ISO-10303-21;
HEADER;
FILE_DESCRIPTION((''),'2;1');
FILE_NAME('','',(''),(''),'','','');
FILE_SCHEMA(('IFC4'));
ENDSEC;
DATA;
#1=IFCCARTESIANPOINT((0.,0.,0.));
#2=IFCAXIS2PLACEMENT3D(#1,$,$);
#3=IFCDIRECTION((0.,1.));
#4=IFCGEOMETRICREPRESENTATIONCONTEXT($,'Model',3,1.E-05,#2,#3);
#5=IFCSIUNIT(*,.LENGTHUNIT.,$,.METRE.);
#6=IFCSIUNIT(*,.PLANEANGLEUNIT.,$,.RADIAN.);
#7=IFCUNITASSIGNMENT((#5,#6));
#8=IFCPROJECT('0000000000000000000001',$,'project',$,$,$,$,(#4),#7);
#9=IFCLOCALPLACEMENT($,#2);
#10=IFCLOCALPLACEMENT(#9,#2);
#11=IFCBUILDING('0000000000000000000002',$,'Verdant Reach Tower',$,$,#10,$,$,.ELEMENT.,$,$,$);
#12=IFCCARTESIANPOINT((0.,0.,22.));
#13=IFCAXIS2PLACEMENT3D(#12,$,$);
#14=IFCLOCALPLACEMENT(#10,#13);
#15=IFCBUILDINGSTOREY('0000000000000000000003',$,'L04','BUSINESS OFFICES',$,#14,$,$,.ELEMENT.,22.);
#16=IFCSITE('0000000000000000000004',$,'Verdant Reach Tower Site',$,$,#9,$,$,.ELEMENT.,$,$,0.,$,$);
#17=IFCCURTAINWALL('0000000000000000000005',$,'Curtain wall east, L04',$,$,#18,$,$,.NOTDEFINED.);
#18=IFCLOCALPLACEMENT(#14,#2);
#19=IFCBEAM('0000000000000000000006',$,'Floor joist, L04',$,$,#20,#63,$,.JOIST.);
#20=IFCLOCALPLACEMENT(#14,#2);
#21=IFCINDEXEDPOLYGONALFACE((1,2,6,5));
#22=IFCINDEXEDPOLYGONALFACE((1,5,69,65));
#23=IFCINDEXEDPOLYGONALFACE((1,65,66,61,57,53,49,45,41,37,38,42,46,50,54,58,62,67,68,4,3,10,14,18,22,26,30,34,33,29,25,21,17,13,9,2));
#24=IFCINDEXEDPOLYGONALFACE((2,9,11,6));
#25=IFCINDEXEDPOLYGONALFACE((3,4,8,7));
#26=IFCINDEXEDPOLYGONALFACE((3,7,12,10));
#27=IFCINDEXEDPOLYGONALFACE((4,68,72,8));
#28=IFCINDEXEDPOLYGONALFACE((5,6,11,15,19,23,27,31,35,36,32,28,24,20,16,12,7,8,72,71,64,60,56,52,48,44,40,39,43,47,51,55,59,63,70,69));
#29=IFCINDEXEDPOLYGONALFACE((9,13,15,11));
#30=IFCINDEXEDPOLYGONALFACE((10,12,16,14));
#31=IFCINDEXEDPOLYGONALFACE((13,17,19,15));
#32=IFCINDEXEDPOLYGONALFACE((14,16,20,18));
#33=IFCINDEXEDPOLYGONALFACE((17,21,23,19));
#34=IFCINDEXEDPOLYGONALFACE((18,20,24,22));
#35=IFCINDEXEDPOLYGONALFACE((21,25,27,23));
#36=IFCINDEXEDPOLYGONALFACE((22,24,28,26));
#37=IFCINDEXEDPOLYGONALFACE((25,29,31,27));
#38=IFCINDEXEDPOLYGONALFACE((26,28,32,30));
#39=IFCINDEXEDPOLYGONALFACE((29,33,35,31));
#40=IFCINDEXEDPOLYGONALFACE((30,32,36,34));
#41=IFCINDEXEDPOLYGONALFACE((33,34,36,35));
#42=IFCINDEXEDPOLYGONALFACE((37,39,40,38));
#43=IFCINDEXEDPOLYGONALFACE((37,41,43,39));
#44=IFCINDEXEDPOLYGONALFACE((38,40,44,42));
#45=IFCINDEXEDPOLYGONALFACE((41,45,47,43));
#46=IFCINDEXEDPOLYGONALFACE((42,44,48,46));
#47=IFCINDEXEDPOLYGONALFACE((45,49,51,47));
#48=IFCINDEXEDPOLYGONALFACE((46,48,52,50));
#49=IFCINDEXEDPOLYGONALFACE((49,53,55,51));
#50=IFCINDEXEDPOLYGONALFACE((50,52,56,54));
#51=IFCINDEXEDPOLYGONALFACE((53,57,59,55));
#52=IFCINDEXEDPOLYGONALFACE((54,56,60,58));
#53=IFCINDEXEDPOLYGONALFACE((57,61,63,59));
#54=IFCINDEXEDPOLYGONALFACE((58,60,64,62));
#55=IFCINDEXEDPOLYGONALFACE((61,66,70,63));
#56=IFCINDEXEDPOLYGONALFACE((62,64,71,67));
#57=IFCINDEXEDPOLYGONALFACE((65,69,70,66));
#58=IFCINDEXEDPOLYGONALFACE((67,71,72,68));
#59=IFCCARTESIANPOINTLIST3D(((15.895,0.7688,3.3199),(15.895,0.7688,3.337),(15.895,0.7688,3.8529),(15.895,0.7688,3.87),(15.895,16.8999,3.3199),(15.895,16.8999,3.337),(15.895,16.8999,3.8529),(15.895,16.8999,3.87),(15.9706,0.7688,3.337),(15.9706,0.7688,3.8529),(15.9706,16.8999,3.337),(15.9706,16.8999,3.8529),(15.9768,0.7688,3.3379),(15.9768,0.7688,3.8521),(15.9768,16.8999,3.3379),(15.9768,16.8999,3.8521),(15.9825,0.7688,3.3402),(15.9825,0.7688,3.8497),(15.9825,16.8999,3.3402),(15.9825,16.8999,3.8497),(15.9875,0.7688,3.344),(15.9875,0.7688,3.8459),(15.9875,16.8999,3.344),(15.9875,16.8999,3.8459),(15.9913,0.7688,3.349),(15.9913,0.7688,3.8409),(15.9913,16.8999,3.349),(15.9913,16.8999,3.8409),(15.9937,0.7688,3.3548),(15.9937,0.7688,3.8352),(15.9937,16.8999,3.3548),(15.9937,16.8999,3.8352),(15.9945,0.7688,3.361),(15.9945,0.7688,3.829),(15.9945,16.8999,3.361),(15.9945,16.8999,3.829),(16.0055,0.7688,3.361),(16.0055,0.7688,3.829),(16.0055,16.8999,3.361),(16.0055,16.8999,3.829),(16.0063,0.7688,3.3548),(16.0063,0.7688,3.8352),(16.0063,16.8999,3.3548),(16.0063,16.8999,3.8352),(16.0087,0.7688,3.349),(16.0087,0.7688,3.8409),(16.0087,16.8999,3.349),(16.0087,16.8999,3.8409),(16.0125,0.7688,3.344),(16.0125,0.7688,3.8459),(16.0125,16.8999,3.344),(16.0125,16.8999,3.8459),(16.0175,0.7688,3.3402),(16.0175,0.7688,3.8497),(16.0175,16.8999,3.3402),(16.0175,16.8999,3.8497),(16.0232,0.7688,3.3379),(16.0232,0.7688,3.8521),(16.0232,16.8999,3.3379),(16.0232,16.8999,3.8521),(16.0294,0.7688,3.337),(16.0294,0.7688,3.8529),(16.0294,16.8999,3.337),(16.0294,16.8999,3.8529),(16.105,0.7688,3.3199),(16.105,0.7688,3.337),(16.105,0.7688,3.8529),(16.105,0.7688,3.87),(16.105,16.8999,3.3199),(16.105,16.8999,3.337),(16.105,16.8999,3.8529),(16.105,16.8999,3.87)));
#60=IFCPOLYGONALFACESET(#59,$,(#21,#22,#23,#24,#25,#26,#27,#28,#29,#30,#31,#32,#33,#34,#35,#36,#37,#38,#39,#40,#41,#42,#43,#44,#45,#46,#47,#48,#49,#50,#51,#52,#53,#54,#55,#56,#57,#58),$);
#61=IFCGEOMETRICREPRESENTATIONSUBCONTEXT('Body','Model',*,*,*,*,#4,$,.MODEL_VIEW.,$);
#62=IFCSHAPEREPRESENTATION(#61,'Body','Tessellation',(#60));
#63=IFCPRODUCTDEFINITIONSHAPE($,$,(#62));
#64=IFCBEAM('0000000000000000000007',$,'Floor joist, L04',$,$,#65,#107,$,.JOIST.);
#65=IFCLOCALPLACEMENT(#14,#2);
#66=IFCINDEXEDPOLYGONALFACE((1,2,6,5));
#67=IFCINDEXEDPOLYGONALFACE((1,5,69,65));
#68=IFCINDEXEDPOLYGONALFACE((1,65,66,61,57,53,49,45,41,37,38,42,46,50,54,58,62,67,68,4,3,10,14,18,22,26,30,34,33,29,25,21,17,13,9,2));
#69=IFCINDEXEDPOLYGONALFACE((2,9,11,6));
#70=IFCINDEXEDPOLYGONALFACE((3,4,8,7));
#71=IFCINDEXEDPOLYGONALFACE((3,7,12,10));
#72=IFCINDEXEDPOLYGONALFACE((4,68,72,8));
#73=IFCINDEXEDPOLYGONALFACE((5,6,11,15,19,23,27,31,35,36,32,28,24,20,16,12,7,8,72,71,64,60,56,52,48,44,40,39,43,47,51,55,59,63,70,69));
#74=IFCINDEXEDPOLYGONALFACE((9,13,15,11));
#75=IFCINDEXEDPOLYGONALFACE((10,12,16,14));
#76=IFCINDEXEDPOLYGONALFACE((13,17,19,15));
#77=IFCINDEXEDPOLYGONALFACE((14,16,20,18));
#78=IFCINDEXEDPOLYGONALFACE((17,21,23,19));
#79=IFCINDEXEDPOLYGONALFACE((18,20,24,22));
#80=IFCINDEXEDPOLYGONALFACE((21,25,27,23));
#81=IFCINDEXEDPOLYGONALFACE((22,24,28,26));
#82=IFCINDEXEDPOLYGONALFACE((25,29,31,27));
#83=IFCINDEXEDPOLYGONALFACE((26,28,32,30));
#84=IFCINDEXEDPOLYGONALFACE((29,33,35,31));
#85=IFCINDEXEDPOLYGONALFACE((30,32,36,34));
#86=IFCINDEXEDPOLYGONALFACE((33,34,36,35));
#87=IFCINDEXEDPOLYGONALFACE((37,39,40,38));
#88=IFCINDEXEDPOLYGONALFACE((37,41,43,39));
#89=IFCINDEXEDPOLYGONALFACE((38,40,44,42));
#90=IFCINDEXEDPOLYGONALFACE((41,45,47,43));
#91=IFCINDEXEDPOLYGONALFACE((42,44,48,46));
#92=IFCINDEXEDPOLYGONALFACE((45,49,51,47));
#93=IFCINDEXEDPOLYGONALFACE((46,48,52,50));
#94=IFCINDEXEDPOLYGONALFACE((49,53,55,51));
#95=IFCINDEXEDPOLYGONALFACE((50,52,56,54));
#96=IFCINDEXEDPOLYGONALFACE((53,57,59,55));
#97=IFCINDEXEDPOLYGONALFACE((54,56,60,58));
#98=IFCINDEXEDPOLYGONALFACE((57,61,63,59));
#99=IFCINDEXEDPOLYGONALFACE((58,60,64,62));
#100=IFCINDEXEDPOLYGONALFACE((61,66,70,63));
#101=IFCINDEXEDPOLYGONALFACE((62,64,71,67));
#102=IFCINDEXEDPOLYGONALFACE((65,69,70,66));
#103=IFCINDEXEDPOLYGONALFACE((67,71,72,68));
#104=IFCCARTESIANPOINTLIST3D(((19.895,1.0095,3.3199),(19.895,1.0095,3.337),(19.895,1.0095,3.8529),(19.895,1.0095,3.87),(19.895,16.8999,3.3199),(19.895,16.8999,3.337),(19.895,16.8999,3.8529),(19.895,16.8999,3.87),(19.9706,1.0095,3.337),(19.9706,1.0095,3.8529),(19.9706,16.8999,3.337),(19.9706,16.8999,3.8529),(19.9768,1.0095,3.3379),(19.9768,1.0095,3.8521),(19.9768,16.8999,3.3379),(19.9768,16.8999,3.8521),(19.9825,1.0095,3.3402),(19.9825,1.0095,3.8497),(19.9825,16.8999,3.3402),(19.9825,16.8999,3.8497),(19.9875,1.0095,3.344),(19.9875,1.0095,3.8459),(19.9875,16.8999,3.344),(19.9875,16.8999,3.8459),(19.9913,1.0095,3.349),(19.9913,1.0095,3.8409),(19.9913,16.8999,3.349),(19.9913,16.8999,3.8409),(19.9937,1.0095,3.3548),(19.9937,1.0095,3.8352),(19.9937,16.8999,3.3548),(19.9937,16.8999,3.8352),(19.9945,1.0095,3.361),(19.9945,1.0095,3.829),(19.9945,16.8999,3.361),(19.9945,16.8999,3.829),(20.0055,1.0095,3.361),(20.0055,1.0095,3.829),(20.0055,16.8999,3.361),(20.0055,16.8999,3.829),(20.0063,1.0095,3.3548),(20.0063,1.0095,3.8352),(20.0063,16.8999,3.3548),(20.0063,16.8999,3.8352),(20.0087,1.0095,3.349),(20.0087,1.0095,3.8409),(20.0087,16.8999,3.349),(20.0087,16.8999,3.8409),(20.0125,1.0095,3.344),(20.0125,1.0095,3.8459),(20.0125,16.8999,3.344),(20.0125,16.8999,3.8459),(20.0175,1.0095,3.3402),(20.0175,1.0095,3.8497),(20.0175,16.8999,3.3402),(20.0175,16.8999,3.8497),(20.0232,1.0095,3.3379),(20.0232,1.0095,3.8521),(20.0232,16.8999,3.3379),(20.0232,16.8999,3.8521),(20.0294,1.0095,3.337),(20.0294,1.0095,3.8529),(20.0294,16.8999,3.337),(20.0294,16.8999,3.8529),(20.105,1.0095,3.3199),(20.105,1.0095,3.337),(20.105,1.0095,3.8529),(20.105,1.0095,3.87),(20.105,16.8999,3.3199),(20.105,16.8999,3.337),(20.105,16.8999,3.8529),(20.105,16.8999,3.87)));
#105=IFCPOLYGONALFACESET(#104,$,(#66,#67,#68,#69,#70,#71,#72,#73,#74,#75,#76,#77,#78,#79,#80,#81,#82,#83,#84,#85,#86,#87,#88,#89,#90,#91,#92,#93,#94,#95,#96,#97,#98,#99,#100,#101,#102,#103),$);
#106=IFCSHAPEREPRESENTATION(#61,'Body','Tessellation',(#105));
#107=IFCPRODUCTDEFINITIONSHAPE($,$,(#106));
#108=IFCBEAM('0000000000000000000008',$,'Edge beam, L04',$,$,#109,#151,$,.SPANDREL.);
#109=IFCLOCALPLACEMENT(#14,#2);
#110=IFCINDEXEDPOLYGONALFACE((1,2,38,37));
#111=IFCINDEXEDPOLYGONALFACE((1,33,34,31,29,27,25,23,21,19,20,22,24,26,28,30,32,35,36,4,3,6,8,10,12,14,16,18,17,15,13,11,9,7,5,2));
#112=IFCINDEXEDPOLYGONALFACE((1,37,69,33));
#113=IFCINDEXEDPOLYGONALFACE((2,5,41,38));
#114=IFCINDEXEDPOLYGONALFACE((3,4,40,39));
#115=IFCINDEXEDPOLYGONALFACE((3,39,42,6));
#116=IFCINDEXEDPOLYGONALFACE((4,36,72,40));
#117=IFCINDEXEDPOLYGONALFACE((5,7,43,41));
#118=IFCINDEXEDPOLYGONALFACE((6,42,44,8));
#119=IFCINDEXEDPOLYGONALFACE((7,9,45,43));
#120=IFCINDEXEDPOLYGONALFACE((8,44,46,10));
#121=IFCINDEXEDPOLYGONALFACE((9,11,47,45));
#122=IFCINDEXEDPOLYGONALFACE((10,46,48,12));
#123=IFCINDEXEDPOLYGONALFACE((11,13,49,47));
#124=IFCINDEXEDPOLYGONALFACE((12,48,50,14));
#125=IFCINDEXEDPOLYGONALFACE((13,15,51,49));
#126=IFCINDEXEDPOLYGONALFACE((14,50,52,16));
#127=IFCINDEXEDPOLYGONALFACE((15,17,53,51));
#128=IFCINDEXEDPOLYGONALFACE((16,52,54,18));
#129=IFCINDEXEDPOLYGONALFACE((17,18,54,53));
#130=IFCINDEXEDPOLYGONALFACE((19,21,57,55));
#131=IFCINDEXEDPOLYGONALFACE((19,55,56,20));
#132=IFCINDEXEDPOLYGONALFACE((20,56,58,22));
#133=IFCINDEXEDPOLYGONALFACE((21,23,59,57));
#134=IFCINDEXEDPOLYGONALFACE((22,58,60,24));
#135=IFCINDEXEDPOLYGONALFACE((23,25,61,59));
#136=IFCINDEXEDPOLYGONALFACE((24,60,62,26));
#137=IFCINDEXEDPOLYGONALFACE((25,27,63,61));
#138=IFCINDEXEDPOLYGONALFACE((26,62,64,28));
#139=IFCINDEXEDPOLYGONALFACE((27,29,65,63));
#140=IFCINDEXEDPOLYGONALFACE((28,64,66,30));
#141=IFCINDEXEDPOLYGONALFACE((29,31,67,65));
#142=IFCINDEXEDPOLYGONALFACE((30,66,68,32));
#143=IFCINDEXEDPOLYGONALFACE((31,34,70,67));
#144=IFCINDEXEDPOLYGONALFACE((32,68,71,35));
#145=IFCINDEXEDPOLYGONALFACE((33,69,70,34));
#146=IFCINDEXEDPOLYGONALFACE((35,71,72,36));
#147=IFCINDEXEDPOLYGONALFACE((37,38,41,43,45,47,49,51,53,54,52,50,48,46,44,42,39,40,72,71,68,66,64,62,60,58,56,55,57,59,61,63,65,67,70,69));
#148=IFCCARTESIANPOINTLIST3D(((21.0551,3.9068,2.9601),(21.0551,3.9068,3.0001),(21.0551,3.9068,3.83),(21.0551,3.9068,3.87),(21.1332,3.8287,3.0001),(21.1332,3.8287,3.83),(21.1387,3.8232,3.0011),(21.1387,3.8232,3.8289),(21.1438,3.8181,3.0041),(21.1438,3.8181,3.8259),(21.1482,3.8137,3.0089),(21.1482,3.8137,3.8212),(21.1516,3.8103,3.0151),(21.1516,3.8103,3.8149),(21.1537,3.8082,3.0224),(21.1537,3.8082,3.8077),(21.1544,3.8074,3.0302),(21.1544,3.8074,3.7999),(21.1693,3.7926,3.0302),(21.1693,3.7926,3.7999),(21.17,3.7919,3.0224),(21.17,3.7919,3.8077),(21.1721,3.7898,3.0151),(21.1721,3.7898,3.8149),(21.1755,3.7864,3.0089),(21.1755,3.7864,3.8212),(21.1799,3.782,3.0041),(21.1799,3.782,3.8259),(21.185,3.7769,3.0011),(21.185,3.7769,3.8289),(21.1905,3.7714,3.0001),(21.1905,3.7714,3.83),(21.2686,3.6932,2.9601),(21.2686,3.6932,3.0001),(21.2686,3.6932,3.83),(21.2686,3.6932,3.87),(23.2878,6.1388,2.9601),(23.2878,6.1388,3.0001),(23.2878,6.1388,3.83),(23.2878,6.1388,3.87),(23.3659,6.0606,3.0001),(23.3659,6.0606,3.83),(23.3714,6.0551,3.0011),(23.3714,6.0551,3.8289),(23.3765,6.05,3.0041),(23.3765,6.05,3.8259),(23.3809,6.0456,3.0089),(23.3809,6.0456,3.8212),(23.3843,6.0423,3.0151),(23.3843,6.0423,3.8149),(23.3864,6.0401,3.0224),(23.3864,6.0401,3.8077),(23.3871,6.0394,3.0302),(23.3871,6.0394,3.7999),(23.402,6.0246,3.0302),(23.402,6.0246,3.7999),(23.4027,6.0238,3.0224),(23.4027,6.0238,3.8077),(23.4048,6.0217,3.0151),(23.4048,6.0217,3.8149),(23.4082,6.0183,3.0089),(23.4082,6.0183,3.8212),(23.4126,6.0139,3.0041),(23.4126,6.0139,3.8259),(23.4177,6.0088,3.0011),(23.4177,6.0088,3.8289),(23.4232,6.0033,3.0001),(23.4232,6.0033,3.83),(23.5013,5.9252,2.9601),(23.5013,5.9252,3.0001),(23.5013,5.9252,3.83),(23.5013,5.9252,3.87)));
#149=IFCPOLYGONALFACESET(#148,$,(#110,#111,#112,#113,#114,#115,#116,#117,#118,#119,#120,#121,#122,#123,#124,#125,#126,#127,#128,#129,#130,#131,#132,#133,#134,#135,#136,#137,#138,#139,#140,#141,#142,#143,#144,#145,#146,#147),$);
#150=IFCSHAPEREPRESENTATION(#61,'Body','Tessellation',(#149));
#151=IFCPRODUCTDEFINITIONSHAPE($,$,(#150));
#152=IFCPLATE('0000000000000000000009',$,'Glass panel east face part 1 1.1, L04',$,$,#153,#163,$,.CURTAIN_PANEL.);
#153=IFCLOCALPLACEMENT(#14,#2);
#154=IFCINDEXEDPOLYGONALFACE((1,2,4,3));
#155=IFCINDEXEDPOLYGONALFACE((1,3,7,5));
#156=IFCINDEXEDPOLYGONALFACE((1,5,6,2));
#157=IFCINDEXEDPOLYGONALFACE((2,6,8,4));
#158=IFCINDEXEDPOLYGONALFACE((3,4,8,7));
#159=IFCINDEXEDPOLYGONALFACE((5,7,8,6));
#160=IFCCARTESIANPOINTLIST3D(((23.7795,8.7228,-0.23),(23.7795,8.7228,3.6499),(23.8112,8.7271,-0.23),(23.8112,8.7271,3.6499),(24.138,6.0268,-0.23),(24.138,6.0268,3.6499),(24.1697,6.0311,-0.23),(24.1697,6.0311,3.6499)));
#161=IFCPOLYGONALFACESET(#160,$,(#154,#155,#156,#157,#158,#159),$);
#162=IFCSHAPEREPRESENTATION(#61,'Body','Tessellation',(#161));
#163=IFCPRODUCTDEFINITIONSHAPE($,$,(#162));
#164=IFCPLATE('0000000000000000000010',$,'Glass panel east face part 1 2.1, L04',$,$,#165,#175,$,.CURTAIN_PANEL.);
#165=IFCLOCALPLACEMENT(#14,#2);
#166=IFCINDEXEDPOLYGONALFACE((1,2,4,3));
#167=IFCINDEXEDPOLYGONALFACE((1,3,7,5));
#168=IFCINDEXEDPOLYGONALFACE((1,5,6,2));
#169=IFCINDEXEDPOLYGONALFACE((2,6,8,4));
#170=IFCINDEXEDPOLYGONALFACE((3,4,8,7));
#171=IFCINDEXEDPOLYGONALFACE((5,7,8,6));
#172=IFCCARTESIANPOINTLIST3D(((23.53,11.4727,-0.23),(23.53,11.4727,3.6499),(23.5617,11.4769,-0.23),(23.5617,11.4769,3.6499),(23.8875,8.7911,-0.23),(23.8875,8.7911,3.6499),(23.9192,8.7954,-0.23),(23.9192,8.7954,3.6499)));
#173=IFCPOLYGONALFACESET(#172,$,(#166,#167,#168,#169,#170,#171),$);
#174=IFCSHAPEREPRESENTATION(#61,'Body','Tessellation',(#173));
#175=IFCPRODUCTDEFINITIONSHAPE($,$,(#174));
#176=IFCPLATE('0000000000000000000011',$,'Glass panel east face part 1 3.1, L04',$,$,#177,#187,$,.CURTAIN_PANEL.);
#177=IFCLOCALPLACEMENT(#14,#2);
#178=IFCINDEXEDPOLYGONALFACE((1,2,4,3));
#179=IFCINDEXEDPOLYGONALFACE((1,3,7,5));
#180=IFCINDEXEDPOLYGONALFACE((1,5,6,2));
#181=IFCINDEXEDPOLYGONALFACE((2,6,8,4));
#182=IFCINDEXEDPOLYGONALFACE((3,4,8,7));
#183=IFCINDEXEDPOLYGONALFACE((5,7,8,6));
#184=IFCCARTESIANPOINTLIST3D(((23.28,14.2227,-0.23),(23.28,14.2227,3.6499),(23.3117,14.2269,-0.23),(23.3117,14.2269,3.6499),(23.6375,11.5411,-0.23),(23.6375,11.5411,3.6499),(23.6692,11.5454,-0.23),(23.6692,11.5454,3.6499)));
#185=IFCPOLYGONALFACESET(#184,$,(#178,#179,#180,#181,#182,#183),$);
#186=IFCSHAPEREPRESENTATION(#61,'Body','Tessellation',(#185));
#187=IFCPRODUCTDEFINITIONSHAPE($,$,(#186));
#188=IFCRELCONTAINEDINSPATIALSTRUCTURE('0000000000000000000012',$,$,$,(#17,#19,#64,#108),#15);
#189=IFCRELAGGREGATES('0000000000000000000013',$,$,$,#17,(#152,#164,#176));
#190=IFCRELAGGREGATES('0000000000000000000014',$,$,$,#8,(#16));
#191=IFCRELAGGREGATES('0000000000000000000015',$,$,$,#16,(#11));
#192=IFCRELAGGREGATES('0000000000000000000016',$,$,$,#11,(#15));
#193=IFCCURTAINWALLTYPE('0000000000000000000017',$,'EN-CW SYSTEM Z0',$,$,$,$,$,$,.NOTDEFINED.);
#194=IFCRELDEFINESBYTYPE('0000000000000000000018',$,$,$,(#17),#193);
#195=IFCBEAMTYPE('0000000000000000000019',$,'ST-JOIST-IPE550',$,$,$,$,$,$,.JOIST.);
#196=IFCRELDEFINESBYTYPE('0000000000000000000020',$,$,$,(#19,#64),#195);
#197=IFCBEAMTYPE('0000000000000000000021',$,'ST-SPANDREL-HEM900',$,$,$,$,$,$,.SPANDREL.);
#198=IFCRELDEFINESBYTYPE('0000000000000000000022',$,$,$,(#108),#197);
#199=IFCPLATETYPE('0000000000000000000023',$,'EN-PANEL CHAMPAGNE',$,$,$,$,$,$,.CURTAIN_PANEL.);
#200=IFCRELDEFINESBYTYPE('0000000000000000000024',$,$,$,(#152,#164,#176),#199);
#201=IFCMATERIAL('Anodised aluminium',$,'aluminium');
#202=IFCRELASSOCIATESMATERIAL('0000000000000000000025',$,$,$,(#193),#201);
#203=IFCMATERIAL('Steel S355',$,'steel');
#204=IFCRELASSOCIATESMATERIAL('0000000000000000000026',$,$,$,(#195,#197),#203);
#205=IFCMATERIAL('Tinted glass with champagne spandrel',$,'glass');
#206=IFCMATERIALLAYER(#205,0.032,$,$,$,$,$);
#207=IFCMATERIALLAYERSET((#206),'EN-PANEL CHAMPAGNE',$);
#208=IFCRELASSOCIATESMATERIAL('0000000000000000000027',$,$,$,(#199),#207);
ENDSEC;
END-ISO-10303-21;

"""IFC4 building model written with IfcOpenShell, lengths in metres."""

from ifc_helpers import new_model, si_unit, direction, frame, origin, origin_2d, place, context, subcontext, project, spatial, rectangle, i_section, extrude, material, layer, layer_set, material_profile, profile_set, type_object, element, aggregate, save


model = new_model("IFC4")

# Units and contexts
model_context = context("Model", 3, precision=1e-05, world=origin(), true_north=direction((0.0, 1.0)))
body_context = subcontext(model_context, "Body", "Model", "MODEL_VIEW")
ifc_project = project(units=[si_unit("LENGTHUNIT", "METRE"), si_unit("PLANEANGLEUNIT", "RADIAN")], contexts=[model_context])

# Site, building, storey
site_placement = place(None, origin())
site = spatial("IfcSite", under=ifc_project, at=site_placement, Name="Verdant Reach Tower Site", CompositionType="ELEMENT", RefElevation=0.0)
building_placement = place(site_placement, origin())
building = spatial("IfcBuilding", under=site, at=building_placement, Name="Verdant Reach Tower", CompositionType="ELEMENT")
storey_placement = place(building_placement, frame((0.0, 0.0, 22.0)))
storey = spatial("IfcBuildingStorey", under=building, at=storey_placement, Name="L04", Description="BUSINESS OFFICES", CompositionType="ELEMENT", Elevation=22.0)

# Curtain wall
ifc_material_1 = material(Name="Anodised aluminium", Category="aluminium")
curtain_wall_type = type_object("IfcCurtainWallType", Name="EN-CW SYSTEM Z0", PredefinedType="NOTDEFINED", material=ifc_material_1)
curtain_wall_placement = place(storey_placement, origin())
curtain_wall = element("IfcCurtainWall", 1, at=curtain_wall_placement, inside=storey, type_object=curtain_wall_type, Name="Curtain wall east, L04", PredefinedType="NOTDEFINED")

# Beams
ifc_material_2 = material(Name="Steel S355", Category="steel")
ifc_material_profile_1 = material_profile(ifc_material_2, i_section(OverallWidth=0.21, OverallDepth=0.55, WebThickness=0.011, FlangeThickness=0.0171, FilletRadius=0.0239, at=origin_2d()), Name="IPE 550")
ifc_profile_set_1 = profile_set([ifc_material_profile_1], Name="Steel S355")
beam_type_1 = type_object("IfcBeamType", Name="ST-JOIST-IPE550", PredefinedType="JOIST", material=ifc_profile_set_1)
beam_1_placement = place(storey_placement, frame((16.0, 16.8999, 3.595), z_axis=(0.0, -1.0, 0.0), x_axis=(1.0, 0.0, 0.0)))
element("IfcBeam", 2, at=beam_1_placement, inside=storey, type_object=beam_type_1, Name="Floor joist, L04", PredefinedType="JOIST", context=body_context, shape_type="SweptSolid", body=[
    extrude(i_section(OverallWidth=0.21, OverallDepth=0.55, WebThickness=0.011, FlangeThickness=0.0171, FilletRadius=0.0239, at=origin_2d()), origin(), (0.0, 0.0, 1.0), 16.1311),
])
beam_2_placement = place(storey_placement, frame((20.0, 16.8999, 3.595), z_axis=(0.0, -1.0, 0.0), x_axis=(1.0, 0.0, 0.0)))
element("IfcBeam", 3, at=beam_2_placement, inside=storey, type_object=beam_type_1, Name="Floor joist, L04", PredefinedType="JOIST", context=body_context, shape_type="SweptSolid", body=[
    extrude(i_section(OverallWidth=0.21, OverallDepth=0.55, WebThickness=0.011, FlangeThickness=0.0171, FilletRadius=0.0239, at=origin_2d()), origin(), (0.0, 0.0, 1.0), 15.8904),
])
ifc_material_profile_2 = material_profile(ifc_material_2, i_section(OverallWidth=0.302, OverallDepth=0.9099, WebThickness=0.021, FlangeThickness=0.04, FilletRadius=0.03, at=origin_2d()), Name="HEM 900")
ifc_profile_set_2 = profile_set([ifc_material_profile_2], Name="Steel S355")
beam_type_2 = type_object("IfcBeamType", Name="ST-SPANDREL-HEM900", PredefinedType="SPANDREL", material=ifc_profile_set_2)
beam_3_placement = place(storey_placement, frame((23.3945, 6.032, 3.415), z_axis=(-0.707223, -0.706991, 0.0), x_axis=(0.706991, -0.707223, 0.0)))
element("IfcBeam", 4, at=beam_3_placement, inside=storey, type_object=beam_type_2, Name="Edge beam, L04", PredefinedType="SPANDREL", context=body_context, shape_type="SweptSolid", body=[
    extrude(i_section(OverallWidth=0.302, OverallDepth=0.9099, WebThickness=0.021, FlangeThickness=0.04, FilletRadius=0.03, at=origin_2d()), origin(), (0.0, 0.0, 1.0), 3.157),
])

# Plates
ifc_material_3 = material(Name="Tinted glass with champagne spandrel", Category="glass")
ifc_layer_1 = layer(ifc_material_3, 0.032)
ifc_layer_set_1 = layer_set([ifc_layer_1], Name="EN-PANEL CHAMPAGNE")
plate_type_1 = type_object("IfcPlateType", Name="EN-PANEL CHAMPAGNE", PredefinedType="CURTAIN_PANEL", material=ifc_layer_set_1)
plate_1_placement = place(storey_placement, frame((23.9746, 7.377, -0.23), z_axis=(0.0, 0.0, 1.0), x_axis=(-0.131793, 0.991277, 0.0)))
plate_1 = element("IfcPlate", 5, at=plate_1_placement, type_object=plate_type_1, Name="Glass panel east face part 1 1.1, L04", PredefinedType="CURTAIN_PANEL", context=body_context, shape_type="SweptSolid", body=[
    extrude(rectangle(XDim=2.7197, YDim=0.032, at=origin_2d()), origin(), (0.0, 0.0, 1.0), 3.8799),
])
plate_2_placement = place(storey_placement, frame((23.7246, 10.134, -0.23), z_axis=(0.0, 0.0, 1.0), x_axis=(-0.13216, 0.991228, 0.0)))
plate_2 = element("IfcPlate", 6, at=plate_2_placement, type_object=plate_type_1, Name="Glass panel east face part 1 2.1, L04", PredefinedType="CURTAIN_PANEL", context=body_context, shape_type="SweptSolid", body=[
    extrude(rectangle(XDim=2.7053, YDim=0.032, at=origin_2d()), origin(), (0.0, 0.0, 1.0), 3.8799),
])
plate_3_placement = place(storey_placement, frame((23.4746, 12.884, -0.23), z_axis=(0.0, 0.0, 1.0), x_axis=(-0.13216, 0.991228, 0.0)))
plate_3 = element("IfcPlate", 7, at=plate_3_placement, type_object=plate_type_1, Name="Glass panel east face part 1 3.1, L04", PredefinedType="CURTAIN_PANEL", context=body_context, shape_type="SweptSolid", body=[
    extrude(rectangle(XDim=2.7053, YDim=0.032, at=origin_2d()), origin(), (0.0, 0.0, 1.0), 3.8799),
])
aggregate(curtain_wall, [plate_1, plate_2, plate_3])

save(model, "model.ifc")
